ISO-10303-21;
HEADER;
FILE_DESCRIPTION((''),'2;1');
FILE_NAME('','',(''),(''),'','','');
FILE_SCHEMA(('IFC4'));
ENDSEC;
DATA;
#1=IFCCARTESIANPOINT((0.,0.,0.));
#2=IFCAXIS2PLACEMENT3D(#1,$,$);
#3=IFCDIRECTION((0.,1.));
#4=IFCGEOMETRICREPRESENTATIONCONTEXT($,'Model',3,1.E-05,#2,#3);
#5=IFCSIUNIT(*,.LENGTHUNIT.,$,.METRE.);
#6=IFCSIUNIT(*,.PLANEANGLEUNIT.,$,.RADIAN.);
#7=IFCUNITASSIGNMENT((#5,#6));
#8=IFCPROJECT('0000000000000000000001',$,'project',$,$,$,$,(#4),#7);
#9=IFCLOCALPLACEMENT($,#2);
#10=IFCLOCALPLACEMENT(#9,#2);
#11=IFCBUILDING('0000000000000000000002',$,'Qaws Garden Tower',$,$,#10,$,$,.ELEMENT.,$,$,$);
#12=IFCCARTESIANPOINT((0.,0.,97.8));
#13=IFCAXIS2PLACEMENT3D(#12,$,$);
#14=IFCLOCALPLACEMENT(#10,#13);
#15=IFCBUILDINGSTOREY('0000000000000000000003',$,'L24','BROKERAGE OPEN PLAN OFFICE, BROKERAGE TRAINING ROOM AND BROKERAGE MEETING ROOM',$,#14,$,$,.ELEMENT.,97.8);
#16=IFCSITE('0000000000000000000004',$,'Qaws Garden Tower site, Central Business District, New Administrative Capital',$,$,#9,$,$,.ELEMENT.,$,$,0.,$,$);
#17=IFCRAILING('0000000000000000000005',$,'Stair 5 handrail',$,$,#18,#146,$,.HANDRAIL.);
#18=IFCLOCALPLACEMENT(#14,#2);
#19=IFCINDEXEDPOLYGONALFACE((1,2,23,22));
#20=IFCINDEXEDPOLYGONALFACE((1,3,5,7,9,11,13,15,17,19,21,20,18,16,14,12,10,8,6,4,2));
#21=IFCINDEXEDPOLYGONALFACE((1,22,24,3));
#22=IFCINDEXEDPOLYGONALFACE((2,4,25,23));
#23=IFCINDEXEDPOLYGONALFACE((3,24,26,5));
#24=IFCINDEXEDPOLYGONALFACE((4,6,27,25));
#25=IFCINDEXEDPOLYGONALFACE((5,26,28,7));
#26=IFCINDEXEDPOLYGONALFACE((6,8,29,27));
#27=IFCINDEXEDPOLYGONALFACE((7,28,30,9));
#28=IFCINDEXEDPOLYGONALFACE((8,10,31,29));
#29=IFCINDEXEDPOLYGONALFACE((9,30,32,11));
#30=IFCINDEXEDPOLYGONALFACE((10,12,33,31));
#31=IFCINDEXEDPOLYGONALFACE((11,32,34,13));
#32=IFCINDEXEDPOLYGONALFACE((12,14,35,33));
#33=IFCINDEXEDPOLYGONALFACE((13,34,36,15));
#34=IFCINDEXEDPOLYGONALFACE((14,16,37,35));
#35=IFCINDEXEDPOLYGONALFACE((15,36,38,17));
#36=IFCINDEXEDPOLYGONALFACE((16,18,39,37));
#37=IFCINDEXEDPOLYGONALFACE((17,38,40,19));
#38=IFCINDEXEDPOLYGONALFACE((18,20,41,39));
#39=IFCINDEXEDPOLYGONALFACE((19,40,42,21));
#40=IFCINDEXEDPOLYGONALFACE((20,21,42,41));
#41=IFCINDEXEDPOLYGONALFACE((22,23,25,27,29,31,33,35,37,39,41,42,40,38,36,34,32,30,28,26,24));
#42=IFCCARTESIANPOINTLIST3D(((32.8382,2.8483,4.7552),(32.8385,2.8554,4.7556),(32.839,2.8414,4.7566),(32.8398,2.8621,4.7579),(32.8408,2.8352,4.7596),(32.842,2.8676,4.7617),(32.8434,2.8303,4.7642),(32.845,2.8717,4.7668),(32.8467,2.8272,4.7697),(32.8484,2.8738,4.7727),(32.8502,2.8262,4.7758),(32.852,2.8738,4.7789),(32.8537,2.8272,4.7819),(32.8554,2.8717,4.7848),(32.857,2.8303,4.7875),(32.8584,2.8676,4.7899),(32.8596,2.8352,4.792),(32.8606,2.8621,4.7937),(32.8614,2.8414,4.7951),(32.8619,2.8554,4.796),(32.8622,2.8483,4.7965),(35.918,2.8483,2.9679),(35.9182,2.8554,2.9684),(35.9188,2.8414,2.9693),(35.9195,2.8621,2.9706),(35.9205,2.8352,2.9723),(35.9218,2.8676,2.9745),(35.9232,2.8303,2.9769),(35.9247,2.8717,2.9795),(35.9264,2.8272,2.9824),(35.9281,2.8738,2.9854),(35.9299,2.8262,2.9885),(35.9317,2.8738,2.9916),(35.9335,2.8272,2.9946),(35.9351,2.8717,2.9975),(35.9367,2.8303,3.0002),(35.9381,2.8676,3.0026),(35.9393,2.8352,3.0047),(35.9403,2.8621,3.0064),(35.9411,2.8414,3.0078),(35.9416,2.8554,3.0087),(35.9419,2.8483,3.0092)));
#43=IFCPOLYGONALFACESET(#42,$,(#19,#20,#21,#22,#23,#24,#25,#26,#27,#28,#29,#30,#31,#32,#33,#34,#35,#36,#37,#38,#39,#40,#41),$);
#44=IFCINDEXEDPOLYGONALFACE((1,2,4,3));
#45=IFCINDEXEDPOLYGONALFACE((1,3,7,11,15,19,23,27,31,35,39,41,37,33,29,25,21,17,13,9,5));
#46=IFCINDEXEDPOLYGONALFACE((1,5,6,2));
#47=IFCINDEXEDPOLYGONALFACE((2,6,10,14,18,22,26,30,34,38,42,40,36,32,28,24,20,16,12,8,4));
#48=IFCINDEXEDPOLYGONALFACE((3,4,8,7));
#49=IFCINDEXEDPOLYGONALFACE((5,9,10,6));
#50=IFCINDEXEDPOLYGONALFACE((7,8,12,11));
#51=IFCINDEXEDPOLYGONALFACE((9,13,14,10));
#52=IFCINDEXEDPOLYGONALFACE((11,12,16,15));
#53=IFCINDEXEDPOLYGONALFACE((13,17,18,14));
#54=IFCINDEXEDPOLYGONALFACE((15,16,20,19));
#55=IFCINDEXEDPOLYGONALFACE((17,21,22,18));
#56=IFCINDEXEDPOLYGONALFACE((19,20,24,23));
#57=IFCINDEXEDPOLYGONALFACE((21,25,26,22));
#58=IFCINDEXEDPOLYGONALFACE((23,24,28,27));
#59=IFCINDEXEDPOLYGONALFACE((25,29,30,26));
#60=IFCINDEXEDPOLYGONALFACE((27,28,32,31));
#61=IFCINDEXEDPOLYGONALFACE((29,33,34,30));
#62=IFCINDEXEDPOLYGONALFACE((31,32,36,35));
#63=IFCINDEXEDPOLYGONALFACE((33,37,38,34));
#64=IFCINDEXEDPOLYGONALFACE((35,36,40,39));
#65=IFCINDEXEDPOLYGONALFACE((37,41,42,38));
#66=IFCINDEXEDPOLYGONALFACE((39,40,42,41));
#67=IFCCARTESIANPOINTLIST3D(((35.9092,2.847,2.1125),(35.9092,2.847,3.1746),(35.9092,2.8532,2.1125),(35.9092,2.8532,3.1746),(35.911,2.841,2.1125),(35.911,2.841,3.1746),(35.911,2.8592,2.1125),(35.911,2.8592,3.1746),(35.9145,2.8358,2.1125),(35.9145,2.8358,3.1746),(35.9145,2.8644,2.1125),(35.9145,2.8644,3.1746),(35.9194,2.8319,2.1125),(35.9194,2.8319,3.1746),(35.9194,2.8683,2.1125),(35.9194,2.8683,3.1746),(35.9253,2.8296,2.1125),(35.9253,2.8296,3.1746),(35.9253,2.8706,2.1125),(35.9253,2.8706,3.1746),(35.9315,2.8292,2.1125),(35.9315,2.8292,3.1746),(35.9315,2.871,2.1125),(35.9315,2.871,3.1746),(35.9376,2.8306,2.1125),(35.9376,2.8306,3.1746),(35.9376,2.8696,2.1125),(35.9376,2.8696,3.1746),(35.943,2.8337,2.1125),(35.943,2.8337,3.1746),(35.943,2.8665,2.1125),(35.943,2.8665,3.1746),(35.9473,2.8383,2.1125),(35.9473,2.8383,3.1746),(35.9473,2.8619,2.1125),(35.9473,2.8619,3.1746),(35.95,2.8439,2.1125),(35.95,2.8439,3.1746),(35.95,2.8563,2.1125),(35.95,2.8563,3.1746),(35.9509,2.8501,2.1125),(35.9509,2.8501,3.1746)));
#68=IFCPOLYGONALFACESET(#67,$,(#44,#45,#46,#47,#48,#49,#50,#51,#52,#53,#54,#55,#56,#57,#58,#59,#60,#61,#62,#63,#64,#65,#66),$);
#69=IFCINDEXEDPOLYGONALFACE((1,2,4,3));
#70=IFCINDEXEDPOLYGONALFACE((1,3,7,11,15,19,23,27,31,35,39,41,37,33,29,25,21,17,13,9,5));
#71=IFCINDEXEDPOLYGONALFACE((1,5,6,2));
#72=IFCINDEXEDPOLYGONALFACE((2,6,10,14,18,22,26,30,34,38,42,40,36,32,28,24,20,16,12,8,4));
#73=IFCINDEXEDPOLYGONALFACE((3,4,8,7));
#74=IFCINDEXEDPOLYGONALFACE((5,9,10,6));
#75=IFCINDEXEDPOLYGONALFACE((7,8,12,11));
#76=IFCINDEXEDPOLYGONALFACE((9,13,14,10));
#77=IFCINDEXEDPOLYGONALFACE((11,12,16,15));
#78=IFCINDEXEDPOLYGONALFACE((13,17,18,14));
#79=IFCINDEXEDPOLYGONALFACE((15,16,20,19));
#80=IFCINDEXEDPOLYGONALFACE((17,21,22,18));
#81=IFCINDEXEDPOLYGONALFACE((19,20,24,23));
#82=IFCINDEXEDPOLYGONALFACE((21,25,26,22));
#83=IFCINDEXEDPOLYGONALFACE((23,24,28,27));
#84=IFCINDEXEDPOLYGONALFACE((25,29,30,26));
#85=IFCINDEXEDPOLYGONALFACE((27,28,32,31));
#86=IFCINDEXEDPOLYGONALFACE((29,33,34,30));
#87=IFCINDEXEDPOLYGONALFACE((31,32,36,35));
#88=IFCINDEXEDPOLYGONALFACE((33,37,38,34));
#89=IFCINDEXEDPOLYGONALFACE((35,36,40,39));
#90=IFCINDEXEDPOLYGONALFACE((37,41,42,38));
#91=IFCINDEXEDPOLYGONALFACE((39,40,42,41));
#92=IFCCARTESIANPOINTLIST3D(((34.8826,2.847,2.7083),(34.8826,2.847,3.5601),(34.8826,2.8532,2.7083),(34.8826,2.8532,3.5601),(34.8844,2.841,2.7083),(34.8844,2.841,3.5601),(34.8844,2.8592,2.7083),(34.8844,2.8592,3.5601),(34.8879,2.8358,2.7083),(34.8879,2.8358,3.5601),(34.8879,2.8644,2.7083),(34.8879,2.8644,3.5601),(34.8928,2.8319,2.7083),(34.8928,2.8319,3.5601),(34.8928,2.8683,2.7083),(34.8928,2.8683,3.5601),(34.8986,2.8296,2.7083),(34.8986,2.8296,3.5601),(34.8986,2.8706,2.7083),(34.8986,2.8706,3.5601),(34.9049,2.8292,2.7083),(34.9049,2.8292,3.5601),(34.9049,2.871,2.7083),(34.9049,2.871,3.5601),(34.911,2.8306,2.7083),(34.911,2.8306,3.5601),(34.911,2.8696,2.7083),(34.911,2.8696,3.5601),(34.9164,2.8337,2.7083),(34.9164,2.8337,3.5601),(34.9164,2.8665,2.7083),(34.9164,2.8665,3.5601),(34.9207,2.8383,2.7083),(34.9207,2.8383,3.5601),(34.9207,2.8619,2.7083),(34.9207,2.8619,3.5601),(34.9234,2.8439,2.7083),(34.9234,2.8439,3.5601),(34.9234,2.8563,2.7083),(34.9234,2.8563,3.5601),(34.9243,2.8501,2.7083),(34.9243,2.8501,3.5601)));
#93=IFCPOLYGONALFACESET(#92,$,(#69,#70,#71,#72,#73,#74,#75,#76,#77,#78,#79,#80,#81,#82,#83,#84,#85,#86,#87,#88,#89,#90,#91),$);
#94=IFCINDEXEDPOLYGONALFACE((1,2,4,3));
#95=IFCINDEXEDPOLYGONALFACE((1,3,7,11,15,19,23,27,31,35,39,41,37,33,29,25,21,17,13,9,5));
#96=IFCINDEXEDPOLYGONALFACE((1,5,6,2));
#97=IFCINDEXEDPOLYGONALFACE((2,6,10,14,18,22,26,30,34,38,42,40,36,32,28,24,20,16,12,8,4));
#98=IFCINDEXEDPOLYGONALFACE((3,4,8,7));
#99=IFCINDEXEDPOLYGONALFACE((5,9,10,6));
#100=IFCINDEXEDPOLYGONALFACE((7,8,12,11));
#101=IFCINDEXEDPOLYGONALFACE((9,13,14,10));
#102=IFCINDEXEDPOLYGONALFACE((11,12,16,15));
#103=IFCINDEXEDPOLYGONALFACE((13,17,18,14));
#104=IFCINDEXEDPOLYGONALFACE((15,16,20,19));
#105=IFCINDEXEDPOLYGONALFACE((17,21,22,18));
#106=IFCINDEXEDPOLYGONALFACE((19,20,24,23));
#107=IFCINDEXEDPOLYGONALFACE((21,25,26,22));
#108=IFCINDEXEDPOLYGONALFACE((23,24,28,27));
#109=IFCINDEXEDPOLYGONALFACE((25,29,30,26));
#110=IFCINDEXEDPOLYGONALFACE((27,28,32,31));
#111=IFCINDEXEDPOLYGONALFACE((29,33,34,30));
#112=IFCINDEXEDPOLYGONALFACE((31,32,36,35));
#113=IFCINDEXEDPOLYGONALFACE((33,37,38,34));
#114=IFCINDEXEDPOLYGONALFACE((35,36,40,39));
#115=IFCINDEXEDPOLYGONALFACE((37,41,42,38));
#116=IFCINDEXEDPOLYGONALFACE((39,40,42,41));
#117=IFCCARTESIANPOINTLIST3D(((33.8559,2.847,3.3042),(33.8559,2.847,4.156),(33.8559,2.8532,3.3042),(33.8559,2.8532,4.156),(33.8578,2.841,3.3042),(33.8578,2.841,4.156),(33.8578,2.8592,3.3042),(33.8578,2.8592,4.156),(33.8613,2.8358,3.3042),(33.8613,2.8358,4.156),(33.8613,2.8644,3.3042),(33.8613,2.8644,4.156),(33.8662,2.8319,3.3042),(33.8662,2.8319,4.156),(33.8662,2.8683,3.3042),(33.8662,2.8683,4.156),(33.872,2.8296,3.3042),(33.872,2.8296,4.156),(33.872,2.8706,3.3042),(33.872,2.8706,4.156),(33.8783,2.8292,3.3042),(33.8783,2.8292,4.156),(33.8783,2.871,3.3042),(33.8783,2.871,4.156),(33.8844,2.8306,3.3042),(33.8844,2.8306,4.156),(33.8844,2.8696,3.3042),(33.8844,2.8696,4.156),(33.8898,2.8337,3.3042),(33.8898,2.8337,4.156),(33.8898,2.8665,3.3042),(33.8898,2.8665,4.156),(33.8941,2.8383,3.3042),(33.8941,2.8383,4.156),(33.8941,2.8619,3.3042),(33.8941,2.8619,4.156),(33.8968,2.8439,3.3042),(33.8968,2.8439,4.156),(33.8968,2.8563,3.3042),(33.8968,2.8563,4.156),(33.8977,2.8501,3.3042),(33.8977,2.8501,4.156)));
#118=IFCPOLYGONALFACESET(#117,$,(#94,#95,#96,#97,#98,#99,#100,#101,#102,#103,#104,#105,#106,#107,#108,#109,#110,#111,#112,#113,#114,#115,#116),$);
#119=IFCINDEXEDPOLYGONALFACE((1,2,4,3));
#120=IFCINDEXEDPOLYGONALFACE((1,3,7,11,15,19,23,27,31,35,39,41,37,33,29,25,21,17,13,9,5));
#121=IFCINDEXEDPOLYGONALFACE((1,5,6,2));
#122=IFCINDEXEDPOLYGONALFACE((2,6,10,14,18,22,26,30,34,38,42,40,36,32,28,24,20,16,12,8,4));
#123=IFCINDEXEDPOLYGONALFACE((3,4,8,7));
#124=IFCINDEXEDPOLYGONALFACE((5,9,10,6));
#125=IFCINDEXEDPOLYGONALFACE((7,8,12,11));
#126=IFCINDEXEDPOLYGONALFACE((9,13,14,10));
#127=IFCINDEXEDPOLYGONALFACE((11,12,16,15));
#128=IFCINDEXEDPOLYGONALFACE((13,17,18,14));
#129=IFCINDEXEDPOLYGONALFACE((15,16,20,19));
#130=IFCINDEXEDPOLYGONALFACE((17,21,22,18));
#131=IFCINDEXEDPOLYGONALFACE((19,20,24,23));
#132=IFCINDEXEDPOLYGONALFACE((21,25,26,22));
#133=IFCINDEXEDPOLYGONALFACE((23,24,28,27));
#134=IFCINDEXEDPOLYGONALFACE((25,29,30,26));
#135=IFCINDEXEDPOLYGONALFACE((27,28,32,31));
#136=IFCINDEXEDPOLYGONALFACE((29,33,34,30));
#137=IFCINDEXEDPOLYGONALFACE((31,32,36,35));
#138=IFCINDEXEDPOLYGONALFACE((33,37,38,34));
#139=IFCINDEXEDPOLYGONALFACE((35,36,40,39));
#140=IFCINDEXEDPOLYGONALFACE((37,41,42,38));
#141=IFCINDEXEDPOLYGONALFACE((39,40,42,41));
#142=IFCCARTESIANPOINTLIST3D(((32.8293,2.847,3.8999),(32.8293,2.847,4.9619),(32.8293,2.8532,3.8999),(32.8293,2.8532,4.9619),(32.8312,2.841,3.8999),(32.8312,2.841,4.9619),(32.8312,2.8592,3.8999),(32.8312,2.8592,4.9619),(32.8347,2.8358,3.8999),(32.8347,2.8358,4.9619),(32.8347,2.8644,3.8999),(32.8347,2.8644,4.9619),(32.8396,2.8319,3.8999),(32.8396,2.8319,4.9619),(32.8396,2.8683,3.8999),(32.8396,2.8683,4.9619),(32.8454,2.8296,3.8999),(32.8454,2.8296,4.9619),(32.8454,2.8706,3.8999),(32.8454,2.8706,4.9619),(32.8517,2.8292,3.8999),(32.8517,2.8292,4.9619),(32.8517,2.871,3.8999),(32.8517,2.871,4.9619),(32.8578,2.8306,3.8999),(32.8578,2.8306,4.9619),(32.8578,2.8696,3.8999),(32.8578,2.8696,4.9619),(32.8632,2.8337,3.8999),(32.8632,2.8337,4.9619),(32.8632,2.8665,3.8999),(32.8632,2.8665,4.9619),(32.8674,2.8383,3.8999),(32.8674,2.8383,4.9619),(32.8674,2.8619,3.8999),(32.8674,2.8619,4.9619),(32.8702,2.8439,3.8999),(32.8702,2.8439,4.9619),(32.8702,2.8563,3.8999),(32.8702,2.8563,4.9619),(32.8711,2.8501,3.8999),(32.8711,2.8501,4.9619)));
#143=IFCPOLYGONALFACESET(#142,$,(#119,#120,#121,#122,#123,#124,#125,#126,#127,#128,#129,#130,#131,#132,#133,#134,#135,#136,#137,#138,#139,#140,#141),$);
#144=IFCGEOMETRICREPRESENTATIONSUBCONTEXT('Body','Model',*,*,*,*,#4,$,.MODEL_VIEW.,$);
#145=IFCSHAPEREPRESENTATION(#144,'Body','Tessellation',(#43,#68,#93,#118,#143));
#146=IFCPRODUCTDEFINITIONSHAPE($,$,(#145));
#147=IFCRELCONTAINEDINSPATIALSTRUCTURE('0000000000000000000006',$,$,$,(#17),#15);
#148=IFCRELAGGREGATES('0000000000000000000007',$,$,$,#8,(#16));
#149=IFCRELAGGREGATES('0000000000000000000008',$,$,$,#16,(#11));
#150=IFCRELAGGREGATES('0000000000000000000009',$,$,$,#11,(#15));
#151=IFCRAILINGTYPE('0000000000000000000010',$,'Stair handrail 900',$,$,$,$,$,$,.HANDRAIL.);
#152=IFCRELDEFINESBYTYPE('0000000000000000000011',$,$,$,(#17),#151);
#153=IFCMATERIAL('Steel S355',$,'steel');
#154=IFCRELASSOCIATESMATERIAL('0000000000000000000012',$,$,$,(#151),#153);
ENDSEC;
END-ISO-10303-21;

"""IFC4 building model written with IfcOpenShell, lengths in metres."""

from ifc_helpers import new_model, si_unit, direction, frame, origin, origin_2d, place, context, subcontext, project, spatial, circle, extrude, material, type_object, element, save


model = new_model("IFC4")

# Units and contexts
model_context = context("Model", 3, precision=1e-05, world=origin(), true_north=direction((0.0, 1.0)))
body_context = subcontext(model_context, "Body", "Model", "MODEL_VIEW")
ifc_project = project(units=[si_unit("LENGTHUNIT", "METRE"), si_unit("PLANEANGLEUNIT", "RADIAN")], contexts=[model_context])

# Site, building, storey
site_placement = place(None, origin())
site = spatial("IfcSite", under=ifc_project, at=site_placement, Name="Qaws Garden Tower site, Central Business District, New Administrative Capital", CompositionType="ELEMENT", RefElevation=0.0)
building_placement = place(site_placement, origin())
building = spatial("IfcBuilding", under=site, at=building_placement, Name="Qaws Garden Tower", CompositionType="ELEMENT")
storey_placement = place(building_placement, frame((0.0, 0.0, 97.8)))
storey = spatial("IfcBuildingStorey", under=building, at=storey_placement, Name="L24", Description="BROKERAGE OPEN PLAN OFFICE, BROKERAGE TRAINING ROOM AND BROKERAGE MEETING ROOM", CompositionType="ELEMENT", Elevation=97.8)

# Railing
ifc_material_1 = material(Name="Steel S355", Category="steel")
railing_type = type_object("IfcRailingType", Name="Stair handrail 900", PredefinedType="HANDRAIL", material=ifc_material_1)
railing_1_placement = place(storey_placement, frame((35.9299, 2.8501, 2.1125)))
element("IfcRailing", 1, at=railing_1_placement, inside=storey, type_object=railing_type, Name="Stair 5 handrail", PredefinedType="HANDRAIL", context=body_context, shape_type="SweptSolid", body=[
    extrude(circle(Radius=0.0239, at=origin_2d()), frame((0.0, 0.0, 0.876), z_axis=(-0.864903, 0.0, 0.501939), x_axis=(0.0, -1.0, 0.0)), (0.0, 0.0, 1.0), 3.5608),
    extrude(circle(Radius=0.021, at=origin_2d()), origin(), (0.0, 0.0, 1.0), 1.062),
    extrude(circle(Radius=0.021, at=origin_2d()), frame((-1.0266, 0.0, 0.5957)), (0.0, 0.0, 1.0), 0.8518),
    extrude(circle(Radius=0.021, at=origin_2d()), frame((-2.0532, 0.0, 1.1917)), (0.0, 0.0, 1.0), 0.8518),
    extrude(circle(Radius=0.021, at=origin_2d()), frame((-3.0798, 0.0, 1.7874)), (0.0, 0.0, 1.0), 1.062),
])

save(model, "model.ifc")
